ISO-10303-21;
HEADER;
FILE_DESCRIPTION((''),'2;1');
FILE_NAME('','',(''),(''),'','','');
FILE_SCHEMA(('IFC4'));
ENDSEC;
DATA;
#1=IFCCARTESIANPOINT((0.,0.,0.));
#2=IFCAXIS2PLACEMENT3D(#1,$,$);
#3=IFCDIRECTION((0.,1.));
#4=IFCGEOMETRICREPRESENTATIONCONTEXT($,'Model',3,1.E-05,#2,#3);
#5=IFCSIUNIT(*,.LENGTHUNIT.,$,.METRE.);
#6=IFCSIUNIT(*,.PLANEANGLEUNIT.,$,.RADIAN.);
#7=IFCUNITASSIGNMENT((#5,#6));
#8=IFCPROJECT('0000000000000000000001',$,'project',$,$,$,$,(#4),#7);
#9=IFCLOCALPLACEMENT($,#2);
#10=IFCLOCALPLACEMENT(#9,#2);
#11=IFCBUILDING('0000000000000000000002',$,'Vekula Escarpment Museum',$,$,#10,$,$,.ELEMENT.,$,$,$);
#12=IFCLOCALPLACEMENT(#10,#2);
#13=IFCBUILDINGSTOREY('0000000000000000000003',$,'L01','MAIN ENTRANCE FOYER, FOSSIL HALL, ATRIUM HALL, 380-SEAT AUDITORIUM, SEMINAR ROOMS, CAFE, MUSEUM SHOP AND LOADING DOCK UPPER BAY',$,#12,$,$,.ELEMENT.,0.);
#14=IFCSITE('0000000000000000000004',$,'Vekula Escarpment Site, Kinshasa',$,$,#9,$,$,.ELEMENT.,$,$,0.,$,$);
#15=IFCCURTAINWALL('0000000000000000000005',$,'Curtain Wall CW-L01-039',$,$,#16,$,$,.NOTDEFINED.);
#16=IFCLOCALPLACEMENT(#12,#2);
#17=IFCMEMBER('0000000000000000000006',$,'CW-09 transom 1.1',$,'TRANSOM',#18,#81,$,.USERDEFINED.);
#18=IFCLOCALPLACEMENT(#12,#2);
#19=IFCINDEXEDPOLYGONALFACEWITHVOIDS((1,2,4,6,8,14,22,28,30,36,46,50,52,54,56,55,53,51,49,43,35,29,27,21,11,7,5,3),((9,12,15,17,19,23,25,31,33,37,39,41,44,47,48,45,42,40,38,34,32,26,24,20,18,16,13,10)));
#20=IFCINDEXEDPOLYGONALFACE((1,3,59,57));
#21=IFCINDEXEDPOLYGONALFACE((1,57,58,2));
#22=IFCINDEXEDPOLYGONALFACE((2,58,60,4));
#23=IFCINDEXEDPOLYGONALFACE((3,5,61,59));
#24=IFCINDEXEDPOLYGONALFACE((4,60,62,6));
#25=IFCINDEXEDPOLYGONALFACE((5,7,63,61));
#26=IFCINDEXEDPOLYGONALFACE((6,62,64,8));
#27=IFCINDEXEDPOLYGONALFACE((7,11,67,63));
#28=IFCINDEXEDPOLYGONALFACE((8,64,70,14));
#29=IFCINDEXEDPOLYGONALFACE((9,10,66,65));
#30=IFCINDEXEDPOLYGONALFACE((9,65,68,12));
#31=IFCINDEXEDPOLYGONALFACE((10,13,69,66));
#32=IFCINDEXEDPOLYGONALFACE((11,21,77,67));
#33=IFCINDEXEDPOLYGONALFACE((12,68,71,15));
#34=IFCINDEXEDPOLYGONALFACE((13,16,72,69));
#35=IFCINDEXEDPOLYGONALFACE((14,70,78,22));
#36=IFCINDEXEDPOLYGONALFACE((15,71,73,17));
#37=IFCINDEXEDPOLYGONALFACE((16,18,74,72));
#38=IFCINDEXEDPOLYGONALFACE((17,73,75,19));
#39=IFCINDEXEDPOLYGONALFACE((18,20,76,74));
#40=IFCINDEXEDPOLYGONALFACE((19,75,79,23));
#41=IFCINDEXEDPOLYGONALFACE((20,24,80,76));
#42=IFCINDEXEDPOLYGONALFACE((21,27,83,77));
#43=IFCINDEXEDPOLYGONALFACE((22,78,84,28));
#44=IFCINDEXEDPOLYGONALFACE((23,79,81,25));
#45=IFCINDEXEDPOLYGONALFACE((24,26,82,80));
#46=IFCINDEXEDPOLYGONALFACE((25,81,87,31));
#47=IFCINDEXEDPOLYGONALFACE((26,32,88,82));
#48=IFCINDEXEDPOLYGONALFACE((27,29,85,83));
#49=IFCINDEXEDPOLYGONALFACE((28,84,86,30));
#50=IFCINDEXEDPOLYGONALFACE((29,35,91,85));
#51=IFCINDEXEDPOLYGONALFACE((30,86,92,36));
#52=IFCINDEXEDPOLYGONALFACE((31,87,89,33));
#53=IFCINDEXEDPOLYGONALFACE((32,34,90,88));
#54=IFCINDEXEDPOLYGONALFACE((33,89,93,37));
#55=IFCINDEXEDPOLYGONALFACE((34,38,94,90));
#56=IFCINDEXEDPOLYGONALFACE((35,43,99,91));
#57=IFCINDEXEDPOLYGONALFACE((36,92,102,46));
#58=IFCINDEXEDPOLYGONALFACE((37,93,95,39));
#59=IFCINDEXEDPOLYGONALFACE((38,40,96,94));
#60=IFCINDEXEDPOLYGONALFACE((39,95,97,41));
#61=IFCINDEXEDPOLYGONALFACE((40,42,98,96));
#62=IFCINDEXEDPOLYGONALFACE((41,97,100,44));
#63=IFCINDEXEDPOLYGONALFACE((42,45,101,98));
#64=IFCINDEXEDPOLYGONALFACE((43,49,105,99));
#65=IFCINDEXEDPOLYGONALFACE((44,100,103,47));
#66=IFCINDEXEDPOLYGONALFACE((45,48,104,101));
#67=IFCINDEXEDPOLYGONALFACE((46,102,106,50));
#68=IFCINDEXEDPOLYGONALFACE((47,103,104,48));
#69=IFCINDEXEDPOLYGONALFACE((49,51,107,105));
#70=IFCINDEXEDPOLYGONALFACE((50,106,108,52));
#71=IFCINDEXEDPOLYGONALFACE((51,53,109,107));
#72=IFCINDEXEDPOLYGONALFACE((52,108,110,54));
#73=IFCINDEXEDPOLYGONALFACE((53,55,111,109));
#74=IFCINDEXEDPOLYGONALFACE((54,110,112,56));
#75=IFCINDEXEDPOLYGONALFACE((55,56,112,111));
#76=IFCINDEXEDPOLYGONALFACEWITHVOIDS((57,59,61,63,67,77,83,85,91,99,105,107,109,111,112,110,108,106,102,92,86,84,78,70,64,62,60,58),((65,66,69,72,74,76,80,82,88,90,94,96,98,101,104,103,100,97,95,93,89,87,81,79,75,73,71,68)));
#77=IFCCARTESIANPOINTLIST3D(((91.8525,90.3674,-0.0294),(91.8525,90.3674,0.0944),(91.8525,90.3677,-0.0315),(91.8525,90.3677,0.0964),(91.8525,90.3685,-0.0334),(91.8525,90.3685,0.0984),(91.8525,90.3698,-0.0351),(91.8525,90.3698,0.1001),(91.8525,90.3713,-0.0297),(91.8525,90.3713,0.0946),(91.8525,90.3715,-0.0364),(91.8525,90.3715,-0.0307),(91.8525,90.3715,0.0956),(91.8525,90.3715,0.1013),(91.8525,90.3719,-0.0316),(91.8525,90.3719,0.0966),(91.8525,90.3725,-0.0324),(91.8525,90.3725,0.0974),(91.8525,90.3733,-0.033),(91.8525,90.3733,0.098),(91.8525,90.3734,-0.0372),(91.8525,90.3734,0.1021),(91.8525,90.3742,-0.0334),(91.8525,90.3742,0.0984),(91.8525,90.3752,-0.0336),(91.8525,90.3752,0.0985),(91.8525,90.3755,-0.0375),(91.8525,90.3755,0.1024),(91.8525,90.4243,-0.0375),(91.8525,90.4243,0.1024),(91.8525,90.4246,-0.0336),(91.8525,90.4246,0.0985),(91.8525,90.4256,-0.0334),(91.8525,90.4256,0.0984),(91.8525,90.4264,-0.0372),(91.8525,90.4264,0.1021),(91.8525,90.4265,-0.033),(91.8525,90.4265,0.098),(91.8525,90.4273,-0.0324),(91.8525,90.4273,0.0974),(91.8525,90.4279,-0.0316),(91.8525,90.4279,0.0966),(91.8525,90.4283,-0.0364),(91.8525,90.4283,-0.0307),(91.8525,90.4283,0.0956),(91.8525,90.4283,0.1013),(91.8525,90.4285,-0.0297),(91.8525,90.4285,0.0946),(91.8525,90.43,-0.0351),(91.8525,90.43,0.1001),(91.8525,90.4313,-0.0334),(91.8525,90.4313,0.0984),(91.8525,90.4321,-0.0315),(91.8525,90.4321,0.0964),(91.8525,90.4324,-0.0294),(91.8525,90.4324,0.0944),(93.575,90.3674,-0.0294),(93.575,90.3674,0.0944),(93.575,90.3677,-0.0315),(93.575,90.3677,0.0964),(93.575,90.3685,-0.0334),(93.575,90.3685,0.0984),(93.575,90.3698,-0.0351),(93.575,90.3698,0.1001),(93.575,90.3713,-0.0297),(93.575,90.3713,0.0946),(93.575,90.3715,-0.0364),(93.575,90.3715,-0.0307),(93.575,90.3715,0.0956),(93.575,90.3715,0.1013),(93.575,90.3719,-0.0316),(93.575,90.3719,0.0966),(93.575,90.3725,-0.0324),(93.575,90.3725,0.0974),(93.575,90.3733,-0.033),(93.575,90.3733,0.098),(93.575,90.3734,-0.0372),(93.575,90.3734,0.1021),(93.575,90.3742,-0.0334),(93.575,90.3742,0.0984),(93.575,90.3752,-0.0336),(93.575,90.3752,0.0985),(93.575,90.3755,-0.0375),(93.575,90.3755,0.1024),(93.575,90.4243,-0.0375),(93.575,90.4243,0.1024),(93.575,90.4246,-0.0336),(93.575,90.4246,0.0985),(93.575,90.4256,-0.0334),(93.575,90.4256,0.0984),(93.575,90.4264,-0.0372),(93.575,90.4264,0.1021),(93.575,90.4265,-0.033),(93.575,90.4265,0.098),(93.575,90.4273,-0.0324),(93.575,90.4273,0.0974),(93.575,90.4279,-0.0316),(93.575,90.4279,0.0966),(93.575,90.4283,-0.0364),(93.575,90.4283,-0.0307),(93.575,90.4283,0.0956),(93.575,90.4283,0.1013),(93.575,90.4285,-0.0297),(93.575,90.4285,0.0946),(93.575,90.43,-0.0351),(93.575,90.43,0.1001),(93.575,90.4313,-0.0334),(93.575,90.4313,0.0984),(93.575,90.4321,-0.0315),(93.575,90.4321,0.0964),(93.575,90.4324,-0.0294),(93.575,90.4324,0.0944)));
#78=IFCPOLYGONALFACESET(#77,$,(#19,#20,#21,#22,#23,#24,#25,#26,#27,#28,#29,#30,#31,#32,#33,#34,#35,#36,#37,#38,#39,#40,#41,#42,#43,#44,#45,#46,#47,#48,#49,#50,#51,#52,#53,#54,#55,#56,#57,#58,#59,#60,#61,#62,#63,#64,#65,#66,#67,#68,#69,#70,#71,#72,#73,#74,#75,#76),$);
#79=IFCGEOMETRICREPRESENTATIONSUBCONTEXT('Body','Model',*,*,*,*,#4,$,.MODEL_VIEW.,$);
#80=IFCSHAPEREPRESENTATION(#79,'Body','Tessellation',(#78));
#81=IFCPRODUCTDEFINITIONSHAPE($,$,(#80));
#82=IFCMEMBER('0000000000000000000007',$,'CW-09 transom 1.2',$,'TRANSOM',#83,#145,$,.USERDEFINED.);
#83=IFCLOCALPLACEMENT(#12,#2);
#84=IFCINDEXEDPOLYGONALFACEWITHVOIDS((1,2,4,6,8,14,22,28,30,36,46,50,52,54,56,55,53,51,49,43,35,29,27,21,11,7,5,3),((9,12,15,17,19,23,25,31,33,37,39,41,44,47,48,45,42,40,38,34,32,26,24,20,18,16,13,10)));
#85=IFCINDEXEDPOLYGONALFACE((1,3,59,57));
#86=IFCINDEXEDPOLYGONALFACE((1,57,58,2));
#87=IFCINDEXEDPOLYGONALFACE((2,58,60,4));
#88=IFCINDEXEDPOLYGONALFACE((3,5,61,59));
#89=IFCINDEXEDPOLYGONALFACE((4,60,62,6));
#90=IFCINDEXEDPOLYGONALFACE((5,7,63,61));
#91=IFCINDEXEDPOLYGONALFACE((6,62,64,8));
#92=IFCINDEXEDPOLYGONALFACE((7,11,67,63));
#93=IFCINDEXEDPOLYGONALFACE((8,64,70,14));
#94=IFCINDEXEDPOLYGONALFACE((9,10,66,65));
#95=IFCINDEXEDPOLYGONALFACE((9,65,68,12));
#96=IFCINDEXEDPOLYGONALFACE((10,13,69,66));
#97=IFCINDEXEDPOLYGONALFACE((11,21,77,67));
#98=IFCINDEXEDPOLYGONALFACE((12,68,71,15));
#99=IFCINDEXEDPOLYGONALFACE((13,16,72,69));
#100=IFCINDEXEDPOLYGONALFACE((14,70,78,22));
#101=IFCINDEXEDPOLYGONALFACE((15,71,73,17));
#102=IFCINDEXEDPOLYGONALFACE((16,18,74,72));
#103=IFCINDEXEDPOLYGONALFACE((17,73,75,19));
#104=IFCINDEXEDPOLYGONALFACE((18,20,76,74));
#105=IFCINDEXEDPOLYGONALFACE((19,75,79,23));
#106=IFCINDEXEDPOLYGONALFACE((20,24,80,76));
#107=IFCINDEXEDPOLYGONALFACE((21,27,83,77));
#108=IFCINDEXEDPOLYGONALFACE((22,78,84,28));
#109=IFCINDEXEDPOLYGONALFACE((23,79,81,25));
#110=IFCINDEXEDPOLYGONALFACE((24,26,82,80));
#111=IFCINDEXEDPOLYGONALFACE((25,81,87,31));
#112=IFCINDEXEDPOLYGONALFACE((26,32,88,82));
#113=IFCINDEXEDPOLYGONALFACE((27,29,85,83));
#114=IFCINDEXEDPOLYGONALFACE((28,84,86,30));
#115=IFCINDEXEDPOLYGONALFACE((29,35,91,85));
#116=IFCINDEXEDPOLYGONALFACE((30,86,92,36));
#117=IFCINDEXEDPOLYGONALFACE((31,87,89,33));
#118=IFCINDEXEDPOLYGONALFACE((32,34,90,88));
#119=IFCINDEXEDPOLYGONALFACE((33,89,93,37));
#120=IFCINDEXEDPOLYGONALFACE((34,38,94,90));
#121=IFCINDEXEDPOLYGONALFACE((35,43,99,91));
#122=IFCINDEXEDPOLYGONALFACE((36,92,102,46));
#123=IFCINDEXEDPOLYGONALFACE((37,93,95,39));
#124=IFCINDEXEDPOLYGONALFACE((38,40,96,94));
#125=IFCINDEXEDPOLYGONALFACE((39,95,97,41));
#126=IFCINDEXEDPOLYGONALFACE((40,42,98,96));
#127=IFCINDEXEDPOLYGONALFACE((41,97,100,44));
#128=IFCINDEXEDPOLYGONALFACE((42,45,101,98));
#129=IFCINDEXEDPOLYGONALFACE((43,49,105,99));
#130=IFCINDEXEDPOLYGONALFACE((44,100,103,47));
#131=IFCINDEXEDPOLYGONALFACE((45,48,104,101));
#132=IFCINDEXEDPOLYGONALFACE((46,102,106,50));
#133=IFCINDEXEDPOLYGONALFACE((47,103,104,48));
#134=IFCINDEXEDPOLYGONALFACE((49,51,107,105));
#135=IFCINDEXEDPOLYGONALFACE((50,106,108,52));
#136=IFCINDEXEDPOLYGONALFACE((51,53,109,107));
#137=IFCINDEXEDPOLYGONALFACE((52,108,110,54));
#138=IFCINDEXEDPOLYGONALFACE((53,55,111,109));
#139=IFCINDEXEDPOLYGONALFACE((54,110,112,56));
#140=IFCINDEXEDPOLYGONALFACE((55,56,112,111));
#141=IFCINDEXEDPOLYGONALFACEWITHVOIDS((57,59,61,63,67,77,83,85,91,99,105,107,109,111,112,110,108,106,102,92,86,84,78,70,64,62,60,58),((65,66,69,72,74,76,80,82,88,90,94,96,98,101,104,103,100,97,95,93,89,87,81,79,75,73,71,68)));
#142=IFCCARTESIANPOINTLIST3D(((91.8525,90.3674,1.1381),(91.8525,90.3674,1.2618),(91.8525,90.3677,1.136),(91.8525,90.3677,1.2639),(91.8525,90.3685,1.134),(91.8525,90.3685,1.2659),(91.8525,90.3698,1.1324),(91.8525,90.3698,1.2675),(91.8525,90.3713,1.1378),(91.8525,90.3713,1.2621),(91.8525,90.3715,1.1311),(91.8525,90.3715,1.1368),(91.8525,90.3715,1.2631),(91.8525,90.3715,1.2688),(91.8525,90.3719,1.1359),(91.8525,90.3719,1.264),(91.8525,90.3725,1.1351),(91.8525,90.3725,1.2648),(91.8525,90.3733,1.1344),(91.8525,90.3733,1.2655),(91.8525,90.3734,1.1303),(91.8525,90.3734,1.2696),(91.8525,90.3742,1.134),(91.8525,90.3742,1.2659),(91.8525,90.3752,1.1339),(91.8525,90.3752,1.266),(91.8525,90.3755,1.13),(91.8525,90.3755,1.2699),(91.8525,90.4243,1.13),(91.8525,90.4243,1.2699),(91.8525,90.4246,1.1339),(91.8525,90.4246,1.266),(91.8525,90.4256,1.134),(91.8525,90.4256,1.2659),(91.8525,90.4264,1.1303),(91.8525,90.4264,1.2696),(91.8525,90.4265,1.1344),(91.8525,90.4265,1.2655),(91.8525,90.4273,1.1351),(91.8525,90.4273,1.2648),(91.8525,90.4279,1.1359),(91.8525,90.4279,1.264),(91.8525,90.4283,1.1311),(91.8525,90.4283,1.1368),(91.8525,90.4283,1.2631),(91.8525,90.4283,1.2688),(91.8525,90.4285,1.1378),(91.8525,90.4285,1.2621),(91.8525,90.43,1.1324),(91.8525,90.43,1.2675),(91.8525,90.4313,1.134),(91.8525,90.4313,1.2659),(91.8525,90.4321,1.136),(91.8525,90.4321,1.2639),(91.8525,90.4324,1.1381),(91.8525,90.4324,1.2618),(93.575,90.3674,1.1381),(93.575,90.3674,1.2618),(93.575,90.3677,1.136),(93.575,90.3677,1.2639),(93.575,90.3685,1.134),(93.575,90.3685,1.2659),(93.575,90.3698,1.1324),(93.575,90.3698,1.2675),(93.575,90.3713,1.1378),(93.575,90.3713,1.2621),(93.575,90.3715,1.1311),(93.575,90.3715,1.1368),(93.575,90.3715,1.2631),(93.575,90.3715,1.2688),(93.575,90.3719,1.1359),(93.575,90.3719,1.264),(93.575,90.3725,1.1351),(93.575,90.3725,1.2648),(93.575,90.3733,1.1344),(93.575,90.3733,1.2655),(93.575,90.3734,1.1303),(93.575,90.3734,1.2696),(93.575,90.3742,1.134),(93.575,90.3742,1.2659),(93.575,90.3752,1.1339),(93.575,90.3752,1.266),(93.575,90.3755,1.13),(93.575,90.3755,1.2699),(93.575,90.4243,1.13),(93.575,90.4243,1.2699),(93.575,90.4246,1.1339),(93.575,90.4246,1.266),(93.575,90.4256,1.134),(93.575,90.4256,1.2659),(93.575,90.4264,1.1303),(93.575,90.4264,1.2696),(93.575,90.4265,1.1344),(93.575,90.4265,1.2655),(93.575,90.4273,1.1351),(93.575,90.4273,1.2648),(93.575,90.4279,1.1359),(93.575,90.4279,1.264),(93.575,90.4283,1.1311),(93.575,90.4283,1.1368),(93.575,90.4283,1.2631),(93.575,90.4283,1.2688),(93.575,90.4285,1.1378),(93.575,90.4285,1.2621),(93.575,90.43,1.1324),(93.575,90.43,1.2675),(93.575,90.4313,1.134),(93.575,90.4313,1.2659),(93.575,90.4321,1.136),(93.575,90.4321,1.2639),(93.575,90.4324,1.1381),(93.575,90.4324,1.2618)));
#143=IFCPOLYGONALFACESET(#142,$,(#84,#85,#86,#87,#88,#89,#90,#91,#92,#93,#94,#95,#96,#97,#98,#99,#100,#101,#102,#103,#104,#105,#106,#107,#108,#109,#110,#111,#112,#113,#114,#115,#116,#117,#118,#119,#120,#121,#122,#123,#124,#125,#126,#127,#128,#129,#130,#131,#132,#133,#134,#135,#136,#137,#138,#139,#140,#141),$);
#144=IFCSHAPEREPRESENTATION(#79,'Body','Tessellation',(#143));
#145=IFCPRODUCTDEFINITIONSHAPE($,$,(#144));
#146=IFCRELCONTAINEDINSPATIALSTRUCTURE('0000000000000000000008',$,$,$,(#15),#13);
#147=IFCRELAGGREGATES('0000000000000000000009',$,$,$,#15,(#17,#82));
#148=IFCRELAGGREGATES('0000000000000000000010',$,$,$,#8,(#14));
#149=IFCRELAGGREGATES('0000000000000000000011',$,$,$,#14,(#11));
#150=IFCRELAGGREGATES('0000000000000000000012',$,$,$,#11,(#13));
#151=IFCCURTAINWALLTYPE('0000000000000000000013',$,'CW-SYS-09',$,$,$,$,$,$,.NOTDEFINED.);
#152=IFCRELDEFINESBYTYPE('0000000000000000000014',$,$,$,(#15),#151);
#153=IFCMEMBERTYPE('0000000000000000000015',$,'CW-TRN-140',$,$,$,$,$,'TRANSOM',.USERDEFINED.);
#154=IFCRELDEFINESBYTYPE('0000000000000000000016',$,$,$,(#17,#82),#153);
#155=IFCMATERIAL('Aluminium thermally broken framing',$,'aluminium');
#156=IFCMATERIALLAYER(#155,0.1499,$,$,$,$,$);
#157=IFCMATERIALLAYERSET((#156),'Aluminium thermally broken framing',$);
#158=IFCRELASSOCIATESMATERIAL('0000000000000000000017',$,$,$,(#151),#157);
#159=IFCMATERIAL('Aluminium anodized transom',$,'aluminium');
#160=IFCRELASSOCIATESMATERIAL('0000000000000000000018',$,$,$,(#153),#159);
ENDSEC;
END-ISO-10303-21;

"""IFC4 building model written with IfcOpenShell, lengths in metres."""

from ifc_helpers import new_model, si_unit, direction, frame, origin, origin_2d, place, context, subcontext, project, spatial, hollow_rectangle, extrude, material, layer, layer_set, material_profile, profile_set, type_object, element, aggregate, save


model = new_model("IFC4")

# Units and contexts
model_context = context("Model", 3, precision=1e-05, world=origin(), true_north=direction((0.0, 1.0)))
body_context = subcontext(model_context, "Body", "Model", "MODEL_VIEW")
ifc_project = project(units=[si_unit("LENGTHUNIT", "METRE"), si_unit("PLANEANGLEUNIT", "RADIAN")], contexts=[model_context])

# Site, building, storey
site_placement = place(None, origin())
site = spatial("IfcSite", under=ifc_project, at=site_placement, Name="Vekula Escarpment Site, Kinshasa", CompositionType="ELEMENT", RefElevation=0.0)
building_placement = place(site_placement, origin())
building = spatial("IfcBuilding", under=site, at=building_placement, Name="Vekula Escarpment Museum", CompositionType="ELEMENT")
storey_placement = place(building_placement, origin())
storey = spatial("IfcBuildingStorey", under=building, at=storey_placement, Name="L01", Description="MAIN ENTRANCE FOYER, FOSSIL HALL, ATRIUM HALL, 380-SEAT AUDITORIUM, SEMINAR ROOMS, CAFE, MUSEUM SHOP AND LOADING DOCK UPPER BAY", CompositionType="ELEMENT", Elevation=0.0)

# Curtain wall, members
ifc_material_1 = material(Name="Aluminium thermally broken framing", Category="aluminium")
ifc_layer_1 = layer(ifc_material_1, 0.1499)
ifc_layer_set_1 = layer_set([ifc_layer_1], Name="Aluminium thermally broken framing")
curtain_wall_type_1 = type_object("IfcCurtainWallType", Name="CW-SYS-09", PredefinedType="NOTDEFINED", material=ifc_layer_set_1)
curtain_wall_1_placement = place(storey_placement, origin())
curtain_wall_1 = element("IfcCurtainWall", 1, at=curtain_wall_1_placement, inside=storey, type_object=curtain_wall_type_1, Name="Curtain Wall CW-L01-039", PredefinedType="NOTDEFINED")
ifc_material_2 = material(Name="Aluminium anodized transom", Category="aluminium")
ifc_material_profile_1 = material_profile(ifc_material_2, hollow_rectangle(XDim=0.0649, YDim=0.1399, WallThickness=0.0039, InnerFilletRadius=0.0039, OuterFilletRadius=0.0081, at=origin_2d()), Name="ALU 140x65x4")
ifc_profile_set_1 = profile_set([ifc_material_profile_1], Name="Aluminium anodized transom")
member_type_1 = type_object("IfcMemberType", Name="CW-TRN-140", ElementType="TRANSOM", PredefinedType="USERDEFINED", material=ifc_profile_set_1)
member_1_placement = place(storey_placement, frame((93.575, 90.3999, 0.0325), z_axis=(-1.0, 0.0, 0.0), x_axis=(0.0, -1.0, 0.0)))
member_1 = element("IfcMember", 2, at=member_1_placement, type_object=member_type_1, Name="CW-09 transom 1.1", ObjectType="TRANSOM", PredefinedType="USERDEFINED", context=body_context, shape_type="SweptSolid", body=[
    extrude(hollow_rectangle(XDim=0.0649, YDim=0.1399, WallThickness=0.0039, InnerFilletRadius=0.0039, OuterFilletRadius=0.0081, at=origin_2d()), origin(), (0.0, 0.0, 1.0), 1.7224),
])
member_2_placement = place(storey_placement, frame((93.575, 90.3999, 1.2), z_axis=(-1.0, 0.0, 0.0), x_axis=(0.0, -1.0, 0.0)))
member_2 = element("IfcMember", 3, at=member_2_placement, type_object=member_type_1, Name="CW-09 transom 1.2", ObjectType="TRANSOM", PredefinedType="USERDEFINED", context=body_context, shape_type="SweptSolid", body=[
    extrude(hollow_rectangle(XDim=0.0649, YDim=0.1399, WallThickness=0.0039, InnerFilletRadius=0.0039, OuterFilletRadius=0.0081, at=origin_2d()), origin(), (0.0, 0.0, 1.0), 1.7224),
])

aggregate(curtain_wall_1, [member_1, member_2])

save(model, "model.ifc")
